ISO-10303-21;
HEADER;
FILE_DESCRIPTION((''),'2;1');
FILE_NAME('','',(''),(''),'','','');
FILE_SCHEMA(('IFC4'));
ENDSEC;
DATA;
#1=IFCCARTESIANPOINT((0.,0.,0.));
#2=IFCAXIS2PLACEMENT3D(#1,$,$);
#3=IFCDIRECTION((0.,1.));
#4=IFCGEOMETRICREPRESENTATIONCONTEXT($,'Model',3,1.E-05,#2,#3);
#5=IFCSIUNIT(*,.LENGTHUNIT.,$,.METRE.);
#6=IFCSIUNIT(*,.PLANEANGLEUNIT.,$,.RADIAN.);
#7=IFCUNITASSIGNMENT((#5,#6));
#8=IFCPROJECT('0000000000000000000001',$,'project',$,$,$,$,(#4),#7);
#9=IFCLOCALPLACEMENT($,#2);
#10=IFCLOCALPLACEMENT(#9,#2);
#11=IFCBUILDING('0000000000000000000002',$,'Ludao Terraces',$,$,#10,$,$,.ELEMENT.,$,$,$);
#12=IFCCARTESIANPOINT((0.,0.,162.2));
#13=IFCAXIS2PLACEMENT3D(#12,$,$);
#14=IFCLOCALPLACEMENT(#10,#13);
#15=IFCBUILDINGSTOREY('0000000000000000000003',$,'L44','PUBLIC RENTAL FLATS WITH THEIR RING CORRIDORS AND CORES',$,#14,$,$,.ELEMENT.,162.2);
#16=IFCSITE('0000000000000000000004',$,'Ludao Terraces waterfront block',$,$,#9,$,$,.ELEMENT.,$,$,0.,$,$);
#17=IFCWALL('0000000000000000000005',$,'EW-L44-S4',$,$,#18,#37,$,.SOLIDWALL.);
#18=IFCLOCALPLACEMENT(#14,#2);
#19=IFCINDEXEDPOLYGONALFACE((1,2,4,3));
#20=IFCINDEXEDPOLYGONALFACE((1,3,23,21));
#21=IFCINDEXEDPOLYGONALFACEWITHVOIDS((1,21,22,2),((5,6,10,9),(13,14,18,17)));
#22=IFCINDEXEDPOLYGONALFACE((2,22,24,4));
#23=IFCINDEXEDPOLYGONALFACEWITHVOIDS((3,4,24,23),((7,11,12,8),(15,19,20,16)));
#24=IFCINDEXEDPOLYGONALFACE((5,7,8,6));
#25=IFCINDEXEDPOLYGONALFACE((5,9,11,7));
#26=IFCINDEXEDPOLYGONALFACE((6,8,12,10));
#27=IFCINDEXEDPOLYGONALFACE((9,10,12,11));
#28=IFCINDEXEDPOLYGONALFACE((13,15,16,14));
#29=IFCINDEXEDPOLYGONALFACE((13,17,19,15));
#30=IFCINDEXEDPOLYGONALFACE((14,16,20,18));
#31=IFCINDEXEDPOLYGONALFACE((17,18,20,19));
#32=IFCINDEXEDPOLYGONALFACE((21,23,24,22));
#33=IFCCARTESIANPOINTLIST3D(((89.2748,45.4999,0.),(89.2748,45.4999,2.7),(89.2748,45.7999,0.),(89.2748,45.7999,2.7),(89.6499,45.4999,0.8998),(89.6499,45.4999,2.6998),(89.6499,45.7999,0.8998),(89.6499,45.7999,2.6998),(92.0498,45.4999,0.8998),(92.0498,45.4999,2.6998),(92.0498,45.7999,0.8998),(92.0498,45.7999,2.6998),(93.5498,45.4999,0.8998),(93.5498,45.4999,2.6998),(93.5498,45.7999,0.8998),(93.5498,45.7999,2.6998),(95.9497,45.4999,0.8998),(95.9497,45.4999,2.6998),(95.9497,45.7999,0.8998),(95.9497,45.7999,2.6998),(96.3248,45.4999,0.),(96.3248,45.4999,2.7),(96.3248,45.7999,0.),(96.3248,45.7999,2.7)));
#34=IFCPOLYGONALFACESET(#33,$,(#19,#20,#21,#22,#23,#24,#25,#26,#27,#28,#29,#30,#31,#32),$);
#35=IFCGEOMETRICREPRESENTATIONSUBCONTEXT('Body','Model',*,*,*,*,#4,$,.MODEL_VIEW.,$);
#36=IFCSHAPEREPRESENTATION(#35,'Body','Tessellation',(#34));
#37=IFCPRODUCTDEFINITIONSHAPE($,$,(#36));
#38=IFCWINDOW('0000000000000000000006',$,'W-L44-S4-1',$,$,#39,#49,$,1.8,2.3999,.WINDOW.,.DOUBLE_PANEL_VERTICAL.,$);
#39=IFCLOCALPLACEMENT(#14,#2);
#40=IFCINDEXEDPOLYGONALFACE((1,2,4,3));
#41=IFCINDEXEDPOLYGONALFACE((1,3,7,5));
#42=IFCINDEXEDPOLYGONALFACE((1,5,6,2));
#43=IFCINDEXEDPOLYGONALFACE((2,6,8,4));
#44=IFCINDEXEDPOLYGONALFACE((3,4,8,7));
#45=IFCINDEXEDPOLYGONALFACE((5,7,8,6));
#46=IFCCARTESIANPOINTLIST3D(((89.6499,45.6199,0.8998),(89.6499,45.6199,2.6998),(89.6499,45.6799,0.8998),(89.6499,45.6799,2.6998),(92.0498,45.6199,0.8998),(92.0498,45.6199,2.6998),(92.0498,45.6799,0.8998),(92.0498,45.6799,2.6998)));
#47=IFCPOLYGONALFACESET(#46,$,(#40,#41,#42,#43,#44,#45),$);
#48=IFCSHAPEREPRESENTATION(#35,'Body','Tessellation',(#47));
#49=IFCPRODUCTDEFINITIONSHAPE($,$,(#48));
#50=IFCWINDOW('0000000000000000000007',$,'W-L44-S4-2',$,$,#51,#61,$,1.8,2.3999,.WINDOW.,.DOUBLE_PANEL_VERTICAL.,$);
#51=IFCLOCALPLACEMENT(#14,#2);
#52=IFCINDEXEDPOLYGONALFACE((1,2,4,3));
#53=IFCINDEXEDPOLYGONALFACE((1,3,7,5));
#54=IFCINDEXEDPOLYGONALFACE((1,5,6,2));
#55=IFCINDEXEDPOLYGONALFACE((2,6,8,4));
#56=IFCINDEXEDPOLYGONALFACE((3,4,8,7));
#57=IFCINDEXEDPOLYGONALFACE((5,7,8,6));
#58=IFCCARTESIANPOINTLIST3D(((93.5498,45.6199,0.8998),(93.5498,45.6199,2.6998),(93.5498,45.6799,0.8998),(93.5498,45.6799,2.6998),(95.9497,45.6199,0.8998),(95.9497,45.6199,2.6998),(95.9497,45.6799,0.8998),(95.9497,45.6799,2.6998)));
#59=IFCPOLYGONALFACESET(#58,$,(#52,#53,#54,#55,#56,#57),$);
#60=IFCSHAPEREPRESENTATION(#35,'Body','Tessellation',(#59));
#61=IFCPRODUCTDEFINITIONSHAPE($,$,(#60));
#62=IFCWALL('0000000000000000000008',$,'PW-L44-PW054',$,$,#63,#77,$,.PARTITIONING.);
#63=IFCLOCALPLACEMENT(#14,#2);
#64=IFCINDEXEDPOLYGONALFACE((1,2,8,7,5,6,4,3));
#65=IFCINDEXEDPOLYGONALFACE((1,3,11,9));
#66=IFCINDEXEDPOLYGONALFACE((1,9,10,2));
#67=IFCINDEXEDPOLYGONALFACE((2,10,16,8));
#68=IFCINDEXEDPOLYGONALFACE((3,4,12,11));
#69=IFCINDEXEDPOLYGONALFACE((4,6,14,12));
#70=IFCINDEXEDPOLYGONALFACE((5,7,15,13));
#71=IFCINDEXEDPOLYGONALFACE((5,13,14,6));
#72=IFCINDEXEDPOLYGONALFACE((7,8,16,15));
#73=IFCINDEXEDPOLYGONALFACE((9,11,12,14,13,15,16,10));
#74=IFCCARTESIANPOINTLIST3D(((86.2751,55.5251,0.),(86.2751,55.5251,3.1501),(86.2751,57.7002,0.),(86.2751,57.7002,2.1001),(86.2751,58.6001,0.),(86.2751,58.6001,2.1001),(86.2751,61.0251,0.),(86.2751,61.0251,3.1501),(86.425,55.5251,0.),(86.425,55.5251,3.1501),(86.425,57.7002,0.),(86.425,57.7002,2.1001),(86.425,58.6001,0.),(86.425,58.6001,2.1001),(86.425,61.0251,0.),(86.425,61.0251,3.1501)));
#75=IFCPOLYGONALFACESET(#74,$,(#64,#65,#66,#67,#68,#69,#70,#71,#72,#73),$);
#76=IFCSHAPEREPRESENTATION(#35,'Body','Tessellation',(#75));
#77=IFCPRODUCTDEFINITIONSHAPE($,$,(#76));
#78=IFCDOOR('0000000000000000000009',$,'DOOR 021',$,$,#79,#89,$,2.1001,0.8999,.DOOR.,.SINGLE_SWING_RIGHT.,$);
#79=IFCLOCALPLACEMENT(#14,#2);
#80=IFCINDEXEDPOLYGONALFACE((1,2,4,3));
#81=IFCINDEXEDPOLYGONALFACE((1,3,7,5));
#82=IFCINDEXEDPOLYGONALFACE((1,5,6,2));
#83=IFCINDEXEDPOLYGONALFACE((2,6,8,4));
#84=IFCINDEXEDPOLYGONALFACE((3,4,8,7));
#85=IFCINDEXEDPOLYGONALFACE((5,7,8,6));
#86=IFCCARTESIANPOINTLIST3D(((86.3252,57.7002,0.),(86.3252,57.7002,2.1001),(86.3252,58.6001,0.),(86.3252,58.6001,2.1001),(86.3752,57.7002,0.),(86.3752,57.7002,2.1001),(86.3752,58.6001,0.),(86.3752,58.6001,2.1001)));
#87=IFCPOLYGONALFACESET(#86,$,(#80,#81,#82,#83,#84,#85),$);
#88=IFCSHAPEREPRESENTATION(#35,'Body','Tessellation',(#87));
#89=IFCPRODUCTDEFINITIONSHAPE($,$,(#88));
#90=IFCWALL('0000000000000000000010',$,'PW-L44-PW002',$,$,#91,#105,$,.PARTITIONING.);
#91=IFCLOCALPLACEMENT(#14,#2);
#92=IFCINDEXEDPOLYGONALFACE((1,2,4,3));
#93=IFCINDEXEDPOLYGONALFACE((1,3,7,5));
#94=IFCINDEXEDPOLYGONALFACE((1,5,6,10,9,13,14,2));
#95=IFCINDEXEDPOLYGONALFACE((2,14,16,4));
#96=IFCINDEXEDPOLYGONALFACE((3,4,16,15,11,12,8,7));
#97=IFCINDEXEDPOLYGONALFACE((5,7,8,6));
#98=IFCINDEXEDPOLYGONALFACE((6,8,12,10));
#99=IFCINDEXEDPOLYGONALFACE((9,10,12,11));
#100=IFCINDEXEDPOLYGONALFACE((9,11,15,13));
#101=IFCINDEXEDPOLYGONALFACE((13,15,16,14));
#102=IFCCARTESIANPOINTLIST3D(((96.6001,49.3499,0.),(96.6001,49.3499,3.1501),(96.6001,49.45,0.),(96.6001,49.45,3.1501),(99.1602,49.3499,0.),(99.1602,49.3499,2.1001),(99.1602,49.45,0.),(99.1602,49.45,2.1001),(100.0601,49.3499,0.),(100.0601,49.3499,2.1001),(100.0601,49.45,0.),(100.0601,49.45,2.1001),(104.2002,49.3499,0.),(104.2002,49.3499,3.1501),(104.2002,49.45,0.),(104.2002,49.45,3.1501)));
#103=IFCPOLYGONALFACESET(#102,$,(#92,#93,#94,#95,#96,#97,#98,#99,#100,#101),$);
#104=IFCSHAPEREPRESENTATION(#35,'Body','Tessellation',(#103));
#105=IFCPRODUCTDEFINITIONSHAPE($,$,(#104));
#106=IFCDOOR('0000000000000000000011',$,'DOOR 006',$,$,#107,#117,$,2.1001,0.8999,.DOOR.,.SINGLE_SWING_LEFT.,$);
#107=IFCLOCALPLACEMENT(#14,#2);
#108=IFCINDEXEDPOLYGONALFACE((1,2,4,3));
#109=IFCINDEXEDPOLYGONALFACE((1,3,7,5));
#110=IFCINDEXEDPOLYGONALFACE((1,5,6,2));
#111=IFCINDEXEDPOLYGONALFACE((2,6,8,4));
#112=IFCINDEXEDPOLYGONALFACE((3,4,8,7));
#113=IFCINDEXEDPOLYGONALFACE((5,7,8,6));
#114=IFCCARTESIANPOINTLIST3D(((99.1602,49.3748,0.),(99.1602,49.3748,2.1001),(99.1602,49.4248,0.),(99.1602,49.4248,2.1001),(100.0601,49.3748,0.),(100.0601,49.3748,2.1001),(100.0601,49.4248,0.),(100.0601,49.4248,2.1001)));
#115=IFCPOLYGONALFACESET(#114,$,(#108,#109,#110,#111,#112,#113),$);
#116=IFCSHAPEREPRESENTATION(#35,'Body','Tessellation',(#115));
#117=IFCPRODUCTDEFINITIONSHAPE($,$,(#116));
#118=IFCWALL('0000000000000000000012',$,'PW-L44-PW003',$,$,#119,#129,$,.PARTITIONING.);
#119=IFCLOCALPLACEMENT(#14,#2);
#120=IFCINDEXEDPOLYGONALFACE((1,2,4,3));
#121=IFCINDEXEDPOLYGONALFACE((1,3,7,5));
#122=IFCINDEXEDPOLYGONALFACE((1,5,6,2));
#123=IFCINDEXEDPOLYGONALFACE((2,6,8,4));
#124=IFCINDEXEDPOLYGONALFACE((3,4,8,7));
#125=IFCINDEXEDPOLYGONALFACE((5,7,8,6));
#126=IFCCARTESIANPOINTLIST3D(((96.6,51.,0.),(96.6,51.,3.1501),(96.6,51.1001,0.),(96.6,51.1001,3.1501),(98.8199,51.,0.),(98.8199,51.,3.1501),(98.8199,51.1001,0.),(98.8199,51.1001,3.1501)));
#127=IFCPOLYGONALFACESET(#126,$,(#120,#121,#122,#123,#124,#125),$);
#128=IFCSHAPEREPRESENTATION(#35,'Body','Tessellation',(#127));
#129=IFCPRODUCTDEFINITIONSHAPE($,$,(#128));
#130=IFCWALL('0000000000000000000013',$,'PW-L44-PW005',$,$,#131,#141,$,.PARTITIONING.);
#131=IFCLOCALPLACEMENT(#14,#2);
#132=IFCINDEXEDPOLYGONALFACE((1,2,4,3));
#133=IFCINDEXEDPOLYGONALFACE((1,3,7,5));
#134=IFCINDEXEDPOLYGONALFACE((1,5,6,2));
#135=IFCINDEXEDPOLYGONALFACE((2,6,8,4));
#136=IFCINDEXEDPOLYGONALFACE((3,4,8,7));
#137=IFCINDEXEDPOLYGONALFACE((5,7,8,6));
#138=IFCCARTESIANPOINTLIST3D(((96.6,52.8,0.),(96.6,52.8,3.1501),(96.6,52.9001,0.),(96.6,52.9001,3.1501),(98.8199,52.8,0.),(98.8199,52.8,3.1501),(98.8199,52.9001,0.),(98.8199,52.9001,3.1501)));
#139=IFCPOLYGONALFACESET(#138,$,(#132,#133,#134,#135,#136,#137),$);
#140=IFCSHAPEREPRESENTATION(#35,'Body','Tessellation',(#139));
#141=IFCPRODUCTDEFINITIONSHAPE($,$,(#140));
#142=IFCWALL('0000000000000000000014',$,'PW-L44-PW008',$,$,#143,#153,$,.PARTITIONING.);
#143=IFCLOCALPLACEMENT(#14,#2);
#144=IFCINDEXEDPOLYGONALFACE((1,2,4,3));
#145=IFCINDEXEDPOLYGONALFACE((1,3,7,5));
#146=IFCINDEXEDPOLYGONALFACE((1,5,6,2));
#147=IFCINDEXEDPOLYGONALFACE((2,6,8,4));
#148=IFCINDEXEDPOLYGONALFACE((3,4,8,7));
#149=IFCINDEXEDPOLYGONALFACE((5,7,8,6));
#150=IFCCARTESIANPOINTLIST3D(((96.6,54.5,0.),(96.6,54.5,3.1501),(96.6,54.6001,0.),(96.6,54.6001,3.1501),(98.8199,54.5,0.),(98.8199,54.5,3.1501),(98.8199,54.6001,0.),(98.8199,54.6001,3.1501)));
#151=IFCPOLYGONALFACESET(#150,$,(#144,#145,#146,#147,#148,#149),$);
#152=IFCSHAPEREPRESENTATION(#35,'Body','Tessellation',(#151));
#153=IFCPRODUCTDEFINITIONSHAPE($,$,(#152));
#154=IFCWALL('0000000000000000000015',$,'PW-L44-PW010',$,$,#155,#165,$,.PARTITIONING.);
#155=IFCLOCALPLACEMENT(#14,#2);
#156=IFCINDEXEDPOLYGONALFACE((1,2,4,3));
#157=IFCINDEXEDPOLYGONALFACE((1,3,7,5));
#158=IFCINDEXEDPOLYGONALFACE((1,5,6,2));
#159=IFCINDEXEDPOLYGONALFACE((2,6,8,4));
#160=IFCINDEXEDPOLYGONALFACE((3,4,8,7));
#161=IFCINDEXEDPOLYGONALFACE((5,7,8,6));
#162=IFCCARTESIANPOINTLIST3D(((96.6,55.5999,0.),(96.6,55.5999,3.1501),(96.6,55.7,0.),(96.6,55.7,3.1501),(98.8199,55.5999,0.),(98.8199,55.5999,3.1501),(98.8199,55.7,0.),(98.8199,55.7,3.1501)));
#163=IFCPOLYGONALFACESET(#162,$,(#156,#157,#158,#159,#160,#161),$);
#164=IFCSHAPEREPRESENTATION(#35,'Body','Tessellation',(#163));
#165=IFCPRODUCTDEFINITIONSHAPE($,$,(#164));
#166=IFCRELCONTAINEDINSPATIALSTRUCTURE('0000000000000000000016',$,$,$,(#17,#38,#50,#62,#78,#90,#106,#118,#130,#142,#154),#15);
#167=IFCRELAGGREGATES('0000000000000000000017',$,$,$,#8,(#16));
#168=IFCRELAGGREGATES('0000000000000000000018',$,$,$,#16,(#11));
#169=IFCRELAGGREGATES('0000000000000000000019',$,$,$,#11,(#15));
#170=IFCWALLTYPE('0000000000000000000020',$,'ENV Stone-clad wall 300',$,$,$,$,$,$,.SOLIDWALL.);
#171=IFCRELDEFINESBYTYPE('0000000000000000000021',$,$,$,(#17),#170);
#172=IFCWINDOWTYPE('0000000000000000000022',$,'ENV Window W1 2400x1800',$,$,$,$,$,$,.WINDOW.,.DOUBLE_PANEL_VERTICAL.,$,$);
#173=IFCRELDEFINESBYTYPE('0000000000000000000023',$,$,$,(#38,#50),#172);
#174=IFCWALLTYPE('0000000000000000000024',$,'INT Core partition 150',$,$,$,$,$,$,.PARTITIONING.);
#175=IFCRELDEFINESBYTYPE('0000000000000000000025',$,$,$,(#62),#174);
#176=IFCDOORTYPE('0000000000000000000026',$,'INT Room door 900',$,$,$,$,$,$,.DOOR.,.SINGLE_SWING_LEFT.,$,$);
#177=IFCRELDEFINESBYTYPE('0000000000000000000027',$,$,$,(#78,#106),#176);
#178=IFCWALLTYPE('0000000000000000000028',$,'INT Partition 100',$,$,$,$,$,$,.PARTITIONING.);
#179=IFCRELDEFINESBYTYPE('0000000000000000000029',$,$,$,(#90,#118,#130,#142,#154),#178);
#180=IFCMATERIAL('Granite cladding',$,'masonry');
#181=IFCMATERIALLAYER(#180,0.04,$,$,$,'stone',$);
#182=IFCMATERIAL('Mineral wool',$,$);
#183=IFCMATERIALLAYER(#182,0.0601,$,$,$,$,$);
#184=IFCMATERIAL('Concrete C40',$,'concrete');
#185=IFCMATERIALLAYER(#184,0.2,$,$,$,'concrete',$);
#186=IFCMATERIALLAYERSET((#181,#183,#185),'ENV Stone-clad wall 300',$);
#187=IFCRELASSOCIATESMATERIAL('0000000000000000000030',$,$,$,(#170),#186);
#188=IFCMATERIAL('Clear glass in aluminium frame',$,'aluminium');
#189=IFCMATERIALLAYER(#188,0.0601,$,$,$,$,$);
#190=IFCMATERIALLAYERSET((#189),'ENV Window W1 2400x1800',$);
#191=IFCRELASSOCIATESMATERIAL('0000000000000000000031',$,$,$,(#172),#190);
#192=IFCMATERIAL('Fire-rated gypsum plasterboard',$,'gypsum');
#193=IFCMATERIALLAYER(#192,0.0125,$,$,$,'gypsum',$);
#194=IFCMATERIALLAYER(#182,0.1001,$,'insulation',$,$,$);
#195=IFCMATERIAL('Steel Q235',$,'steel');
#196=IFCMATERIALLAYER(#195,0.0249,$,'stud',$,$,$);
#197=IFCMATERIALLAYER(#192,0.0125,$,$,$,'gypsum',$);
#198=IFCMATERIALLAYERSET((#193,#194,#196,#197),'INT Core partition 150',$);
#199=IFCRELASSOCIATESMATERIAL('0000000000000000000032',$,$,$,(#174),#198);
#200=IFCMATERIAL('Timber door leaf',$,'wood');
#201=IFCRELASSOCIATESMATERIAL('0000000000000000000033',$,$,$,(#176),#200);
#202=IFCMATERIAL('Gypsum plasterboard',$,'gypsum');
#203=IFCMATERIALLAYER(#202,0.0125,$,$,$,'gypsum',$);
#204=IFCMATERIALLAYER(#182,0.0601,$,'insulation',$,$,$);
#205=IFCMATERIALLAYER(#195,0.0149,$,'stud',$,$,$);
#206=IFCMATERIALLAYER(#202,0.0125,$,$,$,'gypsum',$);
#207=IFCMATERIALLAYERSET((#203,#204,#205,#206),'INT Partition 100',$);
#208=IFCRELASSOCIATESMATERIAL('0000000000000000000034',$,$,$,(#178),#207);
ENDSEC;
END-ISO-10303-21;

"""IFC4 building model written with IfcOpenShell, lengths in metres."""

from ifc_helpers import new_model, si_unit, direction, frame, frame_2d, origin, place, context, subcontext, project, spatial, rectangle, extrude, material, layer, layer_set, type_object, element, fill, save


model = new_model("IFC4")

# Units and contexts
model_context = context("Model", 3, precision=1e-05, world=origin(), true_north=direction((0.0, 1.0)))
body_context = subcontext(model_context, "Body", "Model", "MODEL_VIEW")
ifc_project = project(units=[si_unit("LENGTHUNIT", "METRE"), si_unit("PLANEANGLEUNIT", "RADIAN")], contexts=[model_context])

# Site, building, storey
site_placement = place(None, origin())
site = spatial("IfcSite", under=ifc_project, at=site_placement, Name="Ludao Terraces waterfront block", CompositionType="ELEMENT", RefElevation=0.0)
building_placement = place(site_placement, origin())
building = spatial("IfcBuilding", under=site, at=building_placement, Name="Ludao Terraces", CompositionType="ELEMENT")
storey_placement = place(building_placement, frame((0.0, 0.0, 162.2)))
storey = spatial("IfcBuildingStorey", under=building, at=storey_placement, Name="L44", Description="PUBLIC RENTAL FLATS WITH THEIR RING CORRIDORS AND CORES", CompositionType="ELEMENT", Elevation=162.2)

# Shared definitions
ifc_material_1 = material(Name="Concrete C40", Category="concrete")

# Shared definitions
ifc_material_2 = material(Name="Steel Q235", Category="steel")

# Wall, openings, windows
ifc_material_3 = material(Name="Granite cladding", Category="masonry")
ifc_layer_1 = layer(ifc_material_3, 0.04, Category="stone")
ifc_material_4 = material(Name="Mineral wool")
ifc_layer_2 = layer(ifc_material_4, 0.0601)
ifc_layer_3 = layer(ifc_material_1, 0.2, Category="concrete")
ifc_layer_set_1 = layer_set([ifc_layer_1, ifc_layer_2, ifc_layer_3], Name="ENV Stone-clad wall 300")
wall_type_1 = type_object("IfcWallType", Name="ENV Stone-clad wall 300", PredefinedType="SOLIDWALL", material=ifc_layer_set_1)
wall_1_placement = place(storey_placement, frame((89.2749, 45.6499, 0.0), z_axis=(0.0, 0.0, 1.0), x_axis=(1.0, 0.0, 0.0)))
wall_1 = element("IfcWall", 1, at=wall_1_placement, inside=storey, type_object=wall_type_1, Name="EW-L44-S4", PredefinedType="SOLIDWALL", context=body_context, shape_type="SweptSolid", body=[
    extrude(rectangle(XDim=7.05, YDim=0.3, at=frame_2d((3.5249, 0.0))), origin(), (0.0, 0.0, 1.0), 2.7),
])
opening_1_placement = place(wall_1_placement, frame((0.375, 0.0, 0.8999)))
opening_1 = element("IfcOpeningElement", 2, at=opening_1_placement, cuts=wall_1, PredefinedType="OPENING", context=body_context, shape_type="SweptSolid", body=[
    extrude(rectangle(XDim=2.3999, YDim=1.8, at=frame_2d((1.2, 0.8999))), frame((0.0, 0.1602, 0.0), z_axis=(0.0, -1.0, 0.0), x_axis=(1.0, 0.0, 0.0)), (0.0, 0.0, 1.0), 0.3201),
])
opening_2_placement = place(wall_1_placement, frame((4.2749, 0.0, 0.8999)))
opening_2 = element("IfcOpeningElement", 3, at=opening_2_placement, cuts=wall_1, PredefinedType="OPENING", context=body_context, shape_type="SweptSolid", body=[
    extrude(rectangle(XDim=2.3999, YDim=1.8, at=frame_2d((1.2, 0.8999))), frame((0.0, 0.1602, 0.0), z_axis=(0.0, -1.0, 0.0), x_axis=(1.0, 0.0, 0.0)), (0.0, 0.0, 1.0), 0.3201),
])
ifc_material_5 = material(Name="Clear glass in aluminium frame", Category="aluminium")
ifc_layer_4 = layer(ifc_material_5, 0.0601)
ifc_layer_set_2 = layer_set([ifc_layer_4], Name="ENV Window W1 2400x1800")
window_type = type_object("IfcWindowType", Name="ENV Window W1 2400x1800", PartitioningType="DOUBLE_PANEL_VERTICAL", PredefinedType="WINDOW", material=ifc_layer_set_2)
window_1_placement = place(opening_1_placement, origin())
window_1 = element("IfcWindow", 4, at=window_1_placement, inside=storey, type_object=window_type, Name="W-L44-S4-1", OverallHeight=1.8, OverallWidth=2.3999, PartitioningType="DOUBLE_PANEL_VERTICAL", PredefinedType="WINDOW", context=body_context, shape_type="SweptSolid", body=[
    extrude(rectangle(XDim=2.3999, YDim=1.8, at=frame_2d((1.2, 0.8999))), frame((0.0, 0.03, 0.0), z_axis=(0.0, -1.0, 0.0), x_axis=(1.0, 0.0, 0.0)), (0.0, 0.0, 1.0), 0.0601),
])
fill(opening_1, window_1)
window_2_placement = place(opening_2_placement, origin())
window_2 = element("IfcWindow", 5, at=window_2_placement, inside=storey, type_object=window_type, Name="W-L44-S4-2", OverallHeight=1.8, OverallWidth=2.3999, PartitioningType="DOUBLE_PANEL_VERTICAL", PredefinedType="WINDOW", context=body_context, shape_type="SweptSolid", body=[
    extrude(rectangle(XDim=2.3999, YDim=1.8, at=frame_2d((1.2, 0.8999))), frame((0.0, 0.03, 0.0), z_axis=(0.0, -1.0, 0.0), x_axis=(1.0, 0.0, 0.0)), (0.0, 0.0, 1.0), 0.0601),
])
fill(opening_2, window_2)

# Walls, openings, doors
ifc_material_6 = material(Name="Fire-rated gypsum plasterboard", Category="gypsum")
ifc_layer_5 = layer(ifc_material_6, 0.0125, Category="gypsum")
ifc_layer_6 = layer(ifc_material_4, 0.1001, Name="insulation")
ifc_layer_7 = layer(ifc_material_2, 0.0249, Name="stud")
ifc_layer_8 = layer(ifc_material_6, 0.0125, Category="gypsum")
ifc_layer_set_3 = layer_set([ifc_layer_5, ifc_layer_6, ifc_layer_7, ifc_layer_8], Name="INT Core partition 150")
wall_type_2 = type_object("IfcWallType", Name="INT Core partition 150", PredefinedType="PARTITIONING", material=ifc_layer_set_3)
wall_2_placement = place(storey_placement, frame((86.3501, 55.5251, 0.0), z_axis=(0.0, 0.0, 1.0), x_axis=(0.0, 1.0, 0.0)))
wall_2 = element("IfcWall", 6, at=wall_2_placement, inside=storey, type_object=wall_type_2, Name="PW-L44-PW054", PredefinedType="PARTITIONING", context=body_context, shape_type="SweptSolid", body=[
    extrude(rectangle(XDim=5.5, YDim=0.1499, at=frame_2d((2.75, 0.0))), origin(), (0.0, 0.0, 1.0), 3.1501),
])
opening_3_placement = place(wall_2_placement, frame((2.175, 0.0, 0.0)))
opening_3 = element("IfcOpeningElement", 7, at=opening_3_placement, cuts=wall_2, PredefinedType="OPENING", context=body_context, shape_type="SweptSolid", body=[
    extrude(rectangle(XDim=0.8999, YDim=2.1001, at=frame_2d((0.45, 1.05))), frame((0.0, 0.085, 0.0), z_axis=(0.0, -1.0, 0.0), x_axis=(1.0, 0.0, 0.0)), (0.0, 0.0, 1.0), 0.1699),
])
ifc_material_7 = material(Name="Timber door leaf", Category="wood")
door_type_1 = type_object("IfcDoorType", Name="INT Room door 900", OperationType="SINGLE_SWING_LEFT", PredefinedType="DOOR", material=ifc_material_7)
door_1_placement = place(opening_3_placement, origin())
door_1 = element("IfcDoor", 8, at=door_1_placement, inside=storey, type_object=door_type_1, Name="DOOR 021", OperationType="SINGLE_SWING_RIGHT", OverallHeight=2.1001, OverallWidth=0.8999, PredefinedType="DOOR", context=body_context, shape_type="SweptSolid", body=[
    extrude(rectangle(XDim=0.8999, YDim=2.1001, at=frame_2d((0.45, 1.05))), frame((0.0, 0.0249, 0.0), z_axis=(0.0, -1.0, 0.0), x_axis=(1.0, 0.0, 0.0)), (0.0, 0.0, 1.0), 0.05),
])
fill(opening_3, door_1)
ifc_material_8 = material(Name="Gypsum plasterboard", Category="gypsum")
ifc_layer_9 = layer(ifc_material_8, 0.0125, Category="gypsum")
ifc_layer_10 = layer(ifc_material_4, 0.0601, Name="insulation")
ifc_layer_11 = layer(ifc_material_2, 0.0149, Name="stud")
ifc_layer_12 = layer(ifc_material_8, 0.0125, Category="gypsum")
ifc_layer_set_4 = layer_set([ifc_layer_9, ifc_layer_10, ifc_layer_11, ifc_layer_12], Name="INT Partition 100")
wall_type_3 = type_object("IfcWallType", Name="INT Partition 100", PredefinedType="PARTITIONING", material=ifc_layer_set_4)
wall_3_placement = place(storey_placement, frame((96.6001, 49.3999, 0.0), z_axis=(0.0, 0.0, 1.0), x_axis=(1.0, 0.0, 0.0)))
wall_3 = element("IfcWall", 9, at=wall_3_placement, inside=storey, type_object=wall_type_3, Name="PW-L44-PW002", PredefinedType="PARTITIONING", context=body_context, shape_type="SweptSolid", body=[
    extrude(rectangle(XDim=7.6001, YDim=0.1001, at=frame_2d((3.8, 0.0))), origin(), (0.0, 0.0, 1.0), 3.1501),
])
opening_4_placement = place(wall_3_placement, frame((2.5601, 0.0, 0.0)))
opening_4 = element("IfcOpeningElement", 10, at=opening_4_placement, cuts=wall_3, PredefinedType="OPENING", context=body_context, shape_type="SweptSolid", body=[
    extrude(rectangle(XDim=0.8999, YDim=2.1001, at=frame_2d((0.45, 1.05))), frame((0.0, 0.0601, 0.0), z_axis=(0.0, -1.0, 0.0), x_axis=(1.0, 0.0, 0.0)), (0.0, 0.0, 1.0), 0.1201),
])
door_2_placement = place(opening_4_placement, origin())
door_2 = element("IfcDoor", 11, at=door_2_placement, inside=storey, type_object=door_type_1, Name="DOOR 006", OperationType="SINGLE_SWING_LEFT", OverallHeight=2.1001, OverallWidth=0.8999, PredefinedType="DOOR", context=body_context, shape_type="SweptSolid", body=[
    extrude(rectangle(XDim=0.8999, YDim=2.1001, at=frame_2d((0.45, 1.05))), frame((0.0, 0.0249, 0.0), z_axis=(0.0, -1.0, 0.0), x_axis=(1.0, 0.0, 0.0)), (0.0, 0.0, 1.0), 0.05),
])
fill(opening_4, door_2)

# Walls
for number, where, z_axis, x_axis, name in (
    (12, (96.6001, 51.05, 0.0), (0.0, 0.0, 1.0), (1.0, 0.0, 0.0), "PW-L44-PW003"),
    (13, (96.6001, 52.8501, 0.0), (0.0, 0.0, 1.0), (1.0, 0.0, 0.0), "PW-L44-PW005"),
    (14, (96.6001, 54.55, 0.0), (0.0, 0.0, 1.0), (1.0, 0.0, 0.0), "PW-L44-PW008"),
    (15, (96.6001, 55.6499, 0.0), (0.0, 0.0, 1.0), (1.0, 0.0, 0.0), "PW-L44-PW010"),
):
    element("IfcWall", number, at=place(storey_placement, frame(where, z_axis=z_axis, x_axis=x_axis)), inside=storey, type_object=wall_type_3, Name=name, PredefinedType="PARTITIONING", context=body_context, shape_type="SweptSolid", body=[
        extrude(rectangle(XDim=2.22, YDim=0.1001, at=frame_2d((1.1099, 0.0))), origin(), (0.0, 0.0, 1.0), 3.1501),
    ])

save(model, "model.ifc")
